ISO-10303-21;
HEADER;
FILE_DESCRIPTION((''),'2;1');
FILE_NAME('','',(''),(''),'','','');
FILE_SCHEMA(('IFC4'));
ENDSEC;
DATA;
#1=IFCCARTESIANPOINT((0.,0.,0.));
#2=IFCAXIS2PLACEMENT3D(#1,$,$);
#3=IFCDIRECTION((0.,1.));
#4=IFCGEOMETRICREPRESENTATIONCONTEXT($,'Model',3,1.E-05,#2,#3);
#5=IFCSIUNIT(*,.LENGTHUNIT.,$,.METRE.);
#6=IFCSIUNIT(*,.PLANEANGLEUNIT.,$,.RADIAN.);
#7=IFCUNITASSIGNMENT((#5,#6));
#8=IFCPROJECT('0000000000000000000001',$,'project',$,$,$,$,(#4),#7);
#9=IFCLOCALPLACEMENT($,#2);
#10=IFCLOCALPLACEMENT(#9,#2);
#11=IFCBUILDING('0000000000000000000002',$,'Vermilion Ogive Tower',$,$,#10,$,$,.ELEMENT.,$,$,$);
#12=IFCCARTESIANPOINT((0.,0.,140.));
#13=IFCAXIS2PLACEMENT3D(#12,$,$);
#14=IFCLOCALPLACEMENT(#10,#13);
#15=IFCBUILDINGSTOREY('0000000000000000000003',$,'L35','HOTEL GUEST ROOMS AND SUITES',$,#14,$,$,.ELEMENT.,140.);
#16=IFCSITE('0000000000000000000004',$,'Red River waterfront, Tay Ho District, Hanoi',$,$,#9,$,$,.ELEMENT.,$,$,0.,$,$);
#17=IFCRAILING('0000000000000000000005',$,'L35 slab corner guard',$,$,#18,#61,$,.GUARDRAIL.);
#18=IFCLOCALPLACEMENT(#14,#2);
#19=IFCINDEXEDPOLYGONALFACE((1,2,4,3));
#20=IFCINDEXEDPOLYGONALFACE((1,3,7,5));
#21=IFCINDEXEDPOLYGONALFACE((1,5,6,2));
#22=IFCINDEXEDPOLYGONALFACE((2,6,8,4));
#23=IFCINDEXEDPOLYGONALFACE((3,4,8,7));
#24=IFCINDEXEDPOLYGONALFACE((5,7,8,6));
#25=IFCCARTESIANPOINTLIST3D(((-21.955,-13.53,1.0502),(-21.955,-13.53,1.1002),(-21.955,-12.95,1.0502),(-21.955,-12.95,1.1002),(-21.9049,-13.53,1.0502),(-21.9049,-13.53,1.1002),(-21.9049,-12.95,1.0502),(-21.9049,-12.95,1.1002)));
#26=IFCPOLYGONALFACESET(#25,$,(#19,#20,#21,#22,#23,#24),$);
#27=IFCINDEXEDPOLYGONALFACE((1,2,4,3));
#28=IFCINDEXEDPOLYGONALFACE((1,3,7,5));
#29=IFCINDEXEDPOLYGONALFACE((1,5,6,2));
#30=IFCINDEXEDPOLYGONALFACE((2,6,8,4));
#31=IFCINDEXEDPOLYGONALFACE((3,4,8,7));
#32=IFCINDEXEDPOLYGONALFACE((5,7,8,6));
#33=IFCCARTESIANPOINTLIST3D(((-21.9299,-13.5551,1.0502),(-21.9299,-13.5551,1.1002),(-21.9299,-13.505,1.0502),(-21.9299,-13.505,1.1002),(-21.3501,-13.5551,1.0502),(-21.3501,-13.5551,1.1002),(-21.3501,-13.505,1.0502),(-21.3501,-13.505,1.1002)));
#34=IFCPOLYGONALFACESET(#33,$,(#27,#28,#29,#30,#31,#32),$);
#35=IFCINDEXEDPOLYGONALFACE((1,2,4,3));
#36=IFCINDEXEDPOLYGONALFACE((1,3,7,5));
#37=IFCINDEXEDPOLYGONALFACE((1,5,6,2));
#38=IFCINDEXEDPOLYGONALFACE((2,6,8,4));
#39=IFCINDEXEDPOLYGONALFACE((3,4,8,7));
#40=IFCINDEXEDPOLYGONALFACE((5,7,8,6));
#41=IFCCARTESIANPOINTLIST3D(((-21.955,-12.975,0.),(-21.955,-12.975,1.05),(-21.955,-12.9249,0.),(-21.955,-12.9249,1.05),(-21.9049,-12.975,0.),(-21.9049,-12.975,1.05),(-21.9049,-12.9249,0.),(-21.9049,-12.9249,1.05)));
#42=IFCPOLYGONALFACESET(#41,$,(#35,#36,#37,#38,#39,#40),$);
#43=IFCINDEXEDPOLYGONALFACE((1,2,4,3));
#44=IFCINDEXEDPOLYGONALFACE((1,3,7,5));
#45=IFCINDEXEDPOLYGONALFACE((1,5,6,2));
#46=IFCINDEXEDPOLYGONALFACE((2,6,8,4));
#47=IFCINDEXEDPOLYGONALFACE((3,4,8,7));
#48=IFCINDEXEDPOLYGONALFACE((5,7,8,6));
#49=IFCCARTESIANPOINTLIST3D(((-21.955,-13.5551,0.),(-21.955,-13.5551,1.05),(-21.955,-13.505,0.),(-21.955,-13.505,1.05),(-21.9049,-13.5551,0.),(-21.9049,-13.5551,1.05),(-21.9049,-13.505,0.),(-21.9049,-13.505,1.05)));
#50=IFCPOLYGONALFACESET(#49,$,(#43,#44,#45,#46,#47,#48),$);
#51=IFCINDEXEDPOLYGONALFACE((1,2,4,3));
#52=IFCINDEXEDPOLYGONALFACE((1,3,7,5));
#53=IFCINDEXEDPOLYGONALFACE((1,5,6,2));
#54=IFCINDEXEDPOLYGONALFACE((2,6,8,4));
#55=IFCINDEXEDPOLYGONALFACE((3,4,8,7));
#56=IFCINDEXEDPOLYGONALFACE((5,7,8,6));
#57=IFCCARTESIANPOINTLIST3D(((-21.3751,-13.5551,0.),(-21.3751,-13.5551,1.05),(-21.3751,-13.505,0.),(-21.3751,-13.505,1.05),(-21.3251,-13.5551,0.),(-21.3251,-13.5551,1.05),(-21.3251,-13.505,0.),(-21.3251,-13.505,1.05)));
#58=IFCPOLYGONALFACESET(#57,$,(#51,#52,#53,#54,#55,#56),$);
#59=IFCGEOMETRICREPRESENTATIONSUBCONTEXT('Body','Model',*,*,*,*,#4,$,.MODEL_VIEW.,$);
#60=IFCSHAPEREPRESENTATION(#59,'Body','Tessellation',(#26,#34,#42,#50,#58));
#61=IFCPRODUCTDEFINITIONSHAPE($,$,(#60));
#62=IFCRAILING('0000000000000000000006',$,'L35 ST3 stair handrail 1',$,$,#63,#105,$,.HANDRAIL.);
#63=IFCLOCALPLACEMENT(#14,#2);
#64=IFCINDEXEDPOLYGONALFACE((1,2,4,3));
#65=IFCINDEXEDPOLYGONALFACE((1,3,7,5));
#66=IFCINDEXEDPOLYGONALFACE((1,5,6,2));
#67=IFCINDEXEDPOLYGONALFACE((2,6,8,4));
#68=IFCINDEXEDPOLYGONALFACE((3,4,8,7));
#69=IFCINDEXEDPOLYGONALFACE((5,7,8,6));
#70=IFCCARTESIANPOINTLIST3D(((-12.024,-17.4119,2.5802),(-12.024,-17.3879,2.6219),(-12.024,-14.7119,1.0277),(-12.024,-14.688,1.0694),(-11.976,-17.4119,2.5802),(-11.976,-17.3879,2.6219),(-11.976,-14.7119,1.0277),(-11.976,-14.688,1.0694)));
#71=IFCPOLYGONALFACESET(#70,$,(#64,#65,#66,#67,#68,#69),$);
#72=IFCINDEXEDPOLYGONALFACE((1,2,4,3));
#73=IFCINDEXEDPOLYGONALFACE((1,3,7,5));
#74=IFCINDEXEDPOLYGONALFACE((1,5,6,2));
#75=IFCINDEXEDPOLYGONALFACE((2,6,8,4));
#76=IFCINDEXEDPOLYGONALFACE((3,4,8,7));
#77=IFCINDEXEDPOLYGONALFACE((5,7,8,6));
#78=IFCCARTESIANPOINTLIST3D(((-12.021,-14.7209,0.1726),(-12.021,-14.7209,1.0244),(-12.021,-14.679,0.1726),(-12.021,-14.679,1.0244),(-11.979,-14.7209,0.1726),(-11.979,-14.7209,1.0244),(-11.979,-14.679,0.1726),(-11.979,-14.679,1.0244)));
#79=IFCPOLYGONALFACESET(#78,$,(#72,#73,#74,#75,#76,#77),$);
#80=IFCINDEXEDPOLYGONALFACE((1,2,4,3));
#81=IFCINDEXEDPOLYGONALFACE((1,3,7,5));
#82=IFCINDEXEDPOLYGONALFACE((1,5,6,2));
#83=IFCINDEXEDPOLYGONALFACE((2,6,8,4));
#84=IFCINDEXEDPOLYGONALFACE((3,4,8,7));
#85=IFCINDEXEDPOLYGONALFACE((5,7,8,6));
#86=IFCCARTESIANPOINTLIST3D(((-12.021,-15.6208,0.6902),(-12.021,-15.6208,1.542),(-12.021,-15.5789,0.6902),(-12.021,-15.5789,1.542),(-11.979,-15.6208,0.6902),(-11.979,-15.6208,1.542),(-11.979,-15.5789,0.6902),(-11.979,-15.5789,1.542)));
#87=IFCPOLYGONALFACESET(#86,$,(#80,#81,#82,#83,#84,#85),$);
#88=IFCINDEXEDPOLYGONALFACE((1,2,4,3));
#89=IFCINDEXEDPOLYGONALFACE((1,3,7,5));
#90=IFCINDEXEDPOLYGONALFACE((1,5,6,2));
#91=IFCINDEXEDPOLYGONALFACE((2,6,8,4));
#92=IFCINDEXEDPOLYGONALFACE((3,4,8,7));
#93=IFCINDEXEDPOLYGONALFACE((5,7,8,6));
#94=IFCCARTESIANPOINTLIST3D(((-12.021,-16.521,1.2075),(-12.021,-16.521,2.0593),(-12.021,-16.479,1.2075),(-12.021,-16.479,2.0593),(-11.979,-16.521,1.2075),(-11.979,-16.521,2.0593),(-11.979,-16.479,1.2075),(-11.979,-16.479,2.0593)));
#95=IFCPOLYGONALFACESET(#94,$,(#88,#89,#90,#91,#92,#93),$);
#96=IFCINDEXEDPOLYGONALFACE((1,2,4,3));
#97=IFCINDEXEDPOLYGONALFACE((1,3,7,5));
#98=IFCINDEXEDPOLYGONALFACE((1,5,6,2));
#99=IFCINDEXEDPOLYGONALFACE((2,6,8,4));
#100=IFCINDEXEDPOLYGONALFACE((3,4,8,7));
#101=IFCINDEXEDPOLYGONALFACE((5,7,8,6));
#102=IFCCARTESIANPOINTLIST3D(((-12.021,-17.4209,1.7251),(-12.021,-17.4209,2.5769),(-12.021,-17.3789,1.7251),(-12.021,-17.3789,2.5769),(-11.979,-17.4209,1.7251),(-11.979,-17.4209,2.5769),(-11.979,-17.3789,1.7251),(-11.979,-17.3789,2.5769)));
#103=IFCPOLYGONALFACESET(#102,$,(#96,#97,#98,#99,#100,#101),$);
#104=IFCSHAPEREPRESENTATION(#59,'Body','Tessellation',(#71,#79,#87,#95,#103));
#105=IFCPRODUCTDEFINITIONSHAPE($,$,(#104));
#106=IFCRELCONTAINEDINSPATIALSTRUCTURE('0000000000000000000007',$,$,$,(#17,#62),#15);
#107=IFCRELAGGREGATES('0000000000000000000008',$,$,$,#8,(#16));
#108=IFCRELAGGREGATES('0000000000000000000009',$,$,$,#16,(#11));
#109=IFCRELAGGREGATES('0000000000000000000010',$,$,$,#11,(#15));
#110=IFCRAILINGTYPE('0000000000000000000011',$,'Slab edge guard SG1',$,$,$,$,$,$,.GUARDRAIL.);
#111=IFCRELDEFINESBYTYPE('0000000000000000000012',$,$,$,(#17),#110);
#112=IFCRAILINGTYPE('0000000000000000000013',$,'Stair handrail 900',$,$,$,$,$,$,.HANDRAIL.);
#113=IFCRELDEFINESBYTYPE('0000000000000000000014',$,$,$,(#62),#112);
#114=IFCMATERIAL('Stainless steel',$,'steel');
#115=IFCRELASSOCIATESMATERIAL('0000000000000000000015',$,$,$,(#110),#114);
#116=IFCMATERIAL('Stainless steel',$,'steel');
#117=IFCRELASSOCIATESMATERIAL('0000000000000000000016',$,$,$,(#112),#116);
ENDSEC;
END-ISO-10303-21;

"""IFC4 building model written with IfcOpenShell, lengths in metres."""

from ifc_helpers import new_model, si_unit, direction, frame, origin, origin_2d, place, context, subcontext, project, spatial, rectangle, extrude, material, type_object, element, save


model = new_model("IFC4")

# Units and contexts
model_context = context("Model", 3, precision=1e-05, world=origin(), true_north=direction((0.0, 1.0)))
body_context = subcontext(model_context, "Body", "Model", "MODEL_VIEW")
ifc_project = project(units=[si_unit("LENGTHUNIT", "METRE"), si_unit("PLANEANGLEUNIT", "RADIAN")], contexts=[model_context])

# Site, building, storey
site_placement = place(None, origin())
site = spatial("IfcSite", under=ifc_project, at=site_placement, Name="Red River waterfront, Tay Ho District, Hanoi", CompositionType="ELEMENT", RefElevation=0.0)
building_placement = place(site_placement, origin())
building = spatial("IfcBuilding", under=site, at=building_placement, Name="Vermilion Ogive Tower", CompositionType="ELEMENT")
storey_placement = place(building_placement, frame((0.0, 0.0, 140.0)))
storey = spatial("IfcBuildingStorey", under=building, at=storey_placement, Name="L35", Description="HOTEL GUEST ROOMS AND SUITES", CompositionType="ELEMENT", Elevation=140.0)

# Railings
ifc_material_1 = material(Name="Stainless steel", Category="steel")
railing_type_1 = type_object("IfcRailingType", Name="Slab edge guard SG1", PredefinedType="GUARDRAIL", material=ifc_material_1)
railing_1_placement = place(storey_placement, frame((-21.9299, -12.95, 0.0)))
element("IfcRailing", 1, at=railing_1_placement, inside=storey, type_object=railing_type_1, Name="L35 slab corner guard", PredefinedType="GUARDRAIL", context=body_context, shape_type="SweptSolid", body=[
    extrude(rectangle(XDim=0.05, YDim=0.05, at=origin_2d()), frame((0.0, 0.0, 1.0752), z_axis=(0.0, -1.0, 0.0), x_axis=(1.0, 0.0, 0.0)), (0.0, 0.0, 1.0), 0.5801),
    extrude(rectangle(XDim=0.05, YDim=0.05, at=origin_2d()), frame((0.0, -0.5801, 1.0752), z_axis=(1.0, 0.0, 0.0), x_axis=(0.0, 1.0, 0.0)), (0.0, 0.0, 1.0), 0.5798),
    extrude(rectangle(XDim=0.05, YDim=0.05, at=origin_2d()), origin(), (0.0, 0.0, 1.0), 1.05),
    extrude(rectangle(XDim=0.05, YDim=0.05, at=origin_2d()), frame((0.0, -0.5801, 0.0)), (0.0, 0.0, 1.0), 1.05),
    extrude(rectangle(XDim=0.05, YDim=0.05, at=origin_2d()), frame((0.5798, -0.5801, 0.0)), (0.0, 0.0, 1.0), 1.05),
])
ifc_material_2 = material(Name="Stainless steel", Category="steel")
railing_type_2 = type_object("IfcRailingType", Name="Stair handrail 900", PredefinedType="HANDRAIL", material=ifc_material_2)
railing_2_placement = place(storey_placement, frame((-12.0, -14.7, 0.1726)))
element("IfcRailing", 2, at=railing_2_placement, inside=storey, type_object=railing_type_2, Name="L35 ST3 stair handrail 1", PredefinedType="HANDRAIL", context=body_context, shape_type="SweptSolid", body=[
    extrude(rectangle(XDim=0.0481, YDim=0.0481, at=origin_2d()), frame((0.0, 0.0, 0.876), z_axis=(0.0, -0.866904, 0.498476), x_axis=(1.0, 0.0, 0.0)), (0.0, 0.0, 1.0), 3.1145),
    extrude(rectangle(XDim=0.042, YDim=0.042, at=origin_2d()), origin(), (0.0, 0.0, 1.0), 0.8518),
    extrude(rectangle(XDim=0.042, YDim=0.042, at=origin_2d()), frame((0.0, -0.8999, 0.5176)), (0.0, 0.0, 1.0), 0.8518),
    extrude(rectangle(XDim=0.042, YDim=0.042, at=origin_2d()), frame((0.0, -1.8, 1.0349)), (0.0, 0.0, 1.0), 0.8518),
    extrude(rectangle(XDim=0.042, YDim=0.042, at=origin_2d()), frame((0.0, -2.7, 1.5525)), (0.0, 0.0, 1.0), 0.8518),
])

save(model, "model.ifc")
